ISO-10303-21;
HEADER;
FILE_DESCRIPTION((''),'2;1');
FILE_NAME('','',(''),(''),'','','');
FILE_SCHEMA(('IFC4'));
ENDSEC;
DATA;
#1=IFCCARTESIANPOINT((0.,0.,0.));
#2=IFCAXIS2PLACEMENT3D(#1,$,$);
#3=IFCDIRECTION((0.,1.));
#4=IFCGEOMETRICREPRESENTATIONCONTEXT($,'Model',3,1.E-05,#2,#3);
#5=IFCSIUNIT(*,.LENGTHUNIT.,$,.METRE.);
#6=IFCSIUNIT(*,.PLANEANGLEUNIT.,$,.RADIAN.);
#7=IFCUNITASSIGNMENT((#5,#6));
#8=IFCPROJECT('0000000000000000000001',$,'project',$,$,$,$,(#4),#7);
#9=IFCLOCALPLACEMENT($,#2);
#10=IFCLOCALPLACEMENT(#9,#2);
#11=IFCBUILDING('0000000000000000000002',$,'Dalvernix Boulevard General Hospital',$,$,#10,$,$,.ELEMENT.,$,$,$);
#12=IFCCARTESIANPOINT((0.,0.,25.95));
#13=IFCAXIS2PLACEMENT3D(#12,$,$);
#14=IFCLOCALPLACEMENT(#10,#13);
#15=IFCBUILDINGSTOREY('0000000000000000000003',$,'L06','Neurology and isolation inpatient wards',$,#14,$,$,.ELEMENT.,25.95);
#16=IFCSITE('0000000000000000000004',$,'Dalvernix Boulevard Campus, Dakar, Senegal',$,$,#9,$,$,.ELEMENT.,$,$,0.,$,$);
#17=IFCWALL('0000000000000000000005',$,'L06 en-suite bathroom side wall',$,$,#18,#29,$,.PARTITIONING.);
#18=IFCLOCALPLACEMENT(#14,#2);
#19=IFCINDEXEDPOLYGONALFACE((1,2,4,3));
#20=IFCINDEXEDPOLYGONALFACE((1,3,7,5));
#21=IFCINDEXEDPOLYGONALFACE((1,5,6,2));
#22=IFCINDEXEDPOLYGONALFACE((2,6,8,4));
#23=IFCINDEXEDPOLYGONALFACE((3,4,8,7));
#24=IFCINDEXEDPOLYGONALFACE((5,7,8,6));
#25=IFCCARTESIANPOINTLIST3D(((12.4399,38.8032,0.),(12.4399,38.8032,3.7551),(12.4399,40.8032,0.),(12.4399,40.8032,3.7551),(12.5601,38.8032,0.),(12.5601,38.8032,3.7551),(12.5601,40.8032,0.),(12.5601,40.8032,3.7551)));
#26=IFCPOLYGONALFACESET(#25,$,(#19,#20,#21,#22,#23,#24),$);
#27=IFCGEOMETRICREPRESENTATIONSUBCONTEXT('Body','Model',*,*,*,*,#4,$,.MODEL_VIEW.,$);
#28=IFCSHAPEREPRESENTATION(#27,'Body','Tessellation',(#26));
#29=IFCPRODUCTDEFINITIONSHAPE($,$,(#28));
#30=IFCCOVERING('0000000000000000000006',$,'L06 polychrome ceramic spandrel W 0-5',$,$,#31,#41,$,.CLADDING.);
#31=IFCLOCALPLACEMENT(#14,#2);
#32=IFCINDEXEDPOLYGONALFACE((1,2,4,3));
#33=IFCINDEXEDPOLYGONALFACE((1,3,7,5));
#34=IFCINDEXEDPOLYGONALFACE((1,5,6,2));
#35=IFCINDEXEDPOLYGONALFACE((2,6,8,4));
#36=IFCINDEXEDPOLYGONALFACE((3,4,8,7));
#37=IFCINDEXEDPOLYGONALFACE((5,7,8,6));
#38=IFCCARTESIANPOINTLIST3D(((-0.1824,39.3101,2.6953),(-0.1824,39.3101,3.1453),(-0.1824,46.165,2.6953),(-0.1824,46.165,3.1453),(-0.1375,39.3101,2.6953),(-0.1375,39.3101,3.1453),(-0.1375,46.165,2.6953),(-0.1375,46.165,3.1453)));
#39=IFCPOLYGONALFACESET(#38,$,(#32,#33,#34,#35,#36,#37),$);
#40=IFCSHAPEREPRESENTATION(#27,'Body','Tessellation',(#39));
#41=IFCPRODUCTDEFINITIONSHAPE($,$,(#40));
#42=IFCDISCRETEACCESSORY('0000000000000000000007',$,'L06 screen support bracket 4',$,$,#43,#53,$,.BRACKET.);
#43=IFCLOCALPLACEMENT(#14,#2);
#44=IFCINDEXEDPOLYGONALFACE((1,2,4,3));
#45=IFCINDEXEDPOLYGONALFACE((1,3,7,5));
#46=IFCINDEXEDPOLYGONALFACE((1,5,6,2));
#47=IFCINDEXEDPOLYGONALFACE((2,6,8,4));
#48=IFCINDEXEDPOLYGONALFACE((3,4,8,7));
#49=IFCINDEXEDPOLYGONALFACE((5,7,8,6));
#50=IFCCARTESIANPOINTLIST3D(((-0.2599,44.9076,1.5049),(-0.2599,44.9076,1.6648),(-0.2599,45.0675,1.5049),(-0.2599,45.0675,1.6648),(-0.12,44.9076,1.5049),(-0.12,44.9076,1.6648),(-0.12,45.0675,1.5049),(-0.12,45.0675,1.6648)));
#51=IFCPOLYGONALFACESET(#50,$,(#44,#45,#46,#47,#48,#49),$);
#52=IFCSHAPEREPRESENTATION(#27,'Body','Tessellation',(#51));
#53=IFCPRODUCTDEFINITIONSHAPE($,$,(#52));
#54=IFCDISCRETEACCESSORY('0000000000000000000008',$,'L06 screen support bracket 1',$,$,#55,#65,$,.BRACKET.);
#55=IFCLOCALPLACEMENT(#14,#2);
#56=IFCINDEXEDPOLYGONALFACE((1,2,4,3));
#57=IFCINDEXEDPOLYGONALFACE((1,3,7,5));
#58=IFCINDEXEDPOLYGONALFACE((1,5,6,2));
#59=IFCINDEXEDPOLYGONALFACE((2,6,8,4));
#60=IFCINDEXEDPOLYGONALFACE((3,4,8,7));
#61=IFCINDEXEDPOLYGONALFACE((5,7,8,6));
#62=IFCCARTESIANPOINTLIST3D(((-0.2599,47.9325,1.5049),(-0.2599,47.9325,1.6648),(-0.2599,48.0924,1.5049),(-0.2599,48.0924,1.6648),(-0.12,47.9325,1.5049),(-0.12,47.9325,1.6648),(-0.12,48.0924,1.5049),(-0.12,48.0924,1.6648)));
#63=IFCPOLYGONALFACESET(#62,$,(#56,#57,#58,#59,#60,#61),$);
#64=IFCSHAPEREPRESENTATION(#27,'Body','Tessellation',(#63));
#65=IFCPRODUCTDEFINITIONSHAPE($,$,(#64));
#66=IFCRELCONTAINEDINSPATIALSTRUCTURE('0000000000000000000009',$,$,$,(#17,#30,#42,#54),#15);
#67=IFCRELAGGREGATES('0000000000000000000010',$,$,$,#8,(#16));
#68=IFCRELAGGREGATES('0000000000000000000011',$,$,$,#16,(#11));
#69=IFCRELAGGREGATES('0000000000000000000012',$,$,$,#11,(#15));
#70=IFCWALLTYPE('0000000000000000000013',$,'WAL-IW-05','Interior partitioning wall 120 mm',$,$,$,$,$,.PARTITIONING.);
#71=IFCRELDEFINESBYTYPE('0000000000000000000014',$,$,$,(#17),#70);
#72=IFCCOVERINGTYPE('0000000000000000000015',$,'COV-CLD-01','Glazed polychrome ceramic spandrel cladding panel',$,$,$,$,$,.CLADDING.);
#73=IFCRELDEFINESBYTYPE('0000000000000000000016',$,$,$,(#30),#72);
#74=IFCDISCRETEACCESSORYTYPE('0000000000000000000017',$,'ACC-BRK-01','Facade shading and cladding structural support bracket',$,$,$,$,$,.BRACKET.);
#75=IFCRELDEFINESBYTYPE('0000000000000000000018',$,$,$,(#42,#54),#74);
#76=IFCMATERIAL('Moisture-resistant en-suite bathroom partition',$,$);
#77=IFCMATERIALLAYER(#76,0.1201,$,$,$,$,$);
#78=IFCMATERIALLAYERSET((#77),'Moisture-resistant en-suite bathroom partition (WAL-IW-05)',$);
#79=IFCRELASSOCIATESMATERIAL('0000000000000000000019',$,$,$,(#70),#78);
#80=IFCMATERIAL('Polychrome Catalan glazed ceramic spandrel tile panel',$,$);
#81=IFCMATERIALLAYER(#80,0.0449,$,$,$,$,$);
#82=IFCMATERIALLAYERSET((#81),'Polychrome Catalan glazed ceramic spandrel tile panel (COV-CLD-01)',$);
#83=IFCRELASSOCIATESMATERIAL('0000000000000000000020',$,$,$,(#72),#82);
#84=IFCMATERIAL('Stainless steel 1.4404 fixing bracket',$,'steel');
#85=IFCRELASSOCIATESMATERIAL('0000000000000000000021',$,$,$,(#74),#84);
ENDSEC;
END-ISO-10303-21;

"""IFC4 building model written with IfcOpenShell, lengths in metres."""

from ifc_helpers import new_model, si_unit, direction, frame, frame_2d, origin, origin_2d, place, context, subcontext, project, spatial, rectangle, extrude, material, layer, layer_set, type_object, element, save


model = new_model("IFC4")

# Units and contexts
model_context = context("Model", 3, precision=1e-05, world=origin(), true_north=direction((0.0, 1.0)))
body_context = subcontext(model_context, "Body", "Model", "MODEL_VIEW")
ifc_project = project(units=[si_unit("LENGTHUNIT", "METRE"), si_unit("PLANEANGLEUNIT", "RADIAN")], contexts=[model_context])

# Site, building, storey
site_placement = place(None, origin())
site = spatial("IfcSite", under=ifc_project, at=site_placement, Name="Dalvernix Boulevard Campus, Dakar, Senegal", CompositionType="ELEMENT", RefElevation=0.0)
building_placement = place(site_placement, origin())
building = spatial("IfcBuilding", under=site, at=building_placement, Name="Dalvernix Boulevard General Hospital", CompositionType="ELEMENT")
storey_placement = place(building_placement, frame((0.0, 0.0, 25.95)))
storey = spatial("IfcBuildingStorey", under=building, at=storey_placement, Name="L06", Description="Neurology and isolation inpatient wards", CompositionType="ELEMENT", Elevation=25.95)

# Shared definitions
ifc_material_1 = material(Name="Moisture-resistant en-suite bathroom partition")
ifc_layer_1 = layer(ifc_material_1, 0.1201)
ifc_layer_set_1 = layer_set([ifc_layer_1], Name="Moisture-resistant en-suite bathroom partition (WAL-IW-05)")
wall_type_1 = type_object("IfcWallType", Name="WAL-IW-05", Description="Interior partitioning wall 120 mm", PredefinedType="PARTITIONING", material=ifc_layer_set_1)

# Wall
wall_1_placement = place(storey_placement, frame((12.5, 38.8032, 0.0), z_axis=(0.0, 0.0, 1.0), x_axis=(0.0, 1.0, 0.0)))
element("IfcWall", 1, at=wall_1_placement, inside=storey, type_object=wall_type_1, Name="L06 en-suite bathroom side wall", PredefinedType="PARTITIONING", context=body_context, shape_type="SweptSolid", body=[
    extrude(rectangle(XDim=2.0, YDim=0.1201, at=frame_2d((1.0, 0.0))), origin(), (0.0, 0.0, 1.0), 3.7551),
])

# Covering
ifc_material_2 = material(Name="Polychrome Catalan glazed ceramic spandrel tile panel")
ifc_layer_2 = layer(ifc_material_2, 0.0449)
ifc_layer_set_2 = layer_set([ifc_layer_2], Name="Polychrome Catalan glazed ceramic spandrel tile panel (COV-CLD-01)")
covering_type = type_object("IfcCoveringType", Name="COV-CLD-01", Description="Glazed polychrome ceramic spandrel cladding panel", PredefinedType="CLADDING", material=ifc_layer_set_2)
covering_placement = place(storey_placement, frame((-0.1599, 42.7375, 2.6953), z_axis=(0.0, 0.0, 1.0), x_axis=(0.0, 1.0, 0.0)))
element("IfcCovering", 2, at=covering_placement, inside=storey, type_object=covering_type, Name="L06 polychrome ceramic spandrel W 0-5", PredefinedType="CLADDING", context=body_context, shape_type="SweptSolid", body=[
    extrude(rectangle(XDim=6.855, YDim=0.0449, at=origin_2d()), origin(), (0.0, 0.0, 1.0), 0.45),
])

# Discrete accessories
ifc_material_3 = material(Name="Stainless steel 1.4404 fixing bracket", Category="steel")
discrete_accessory_type = type_object("IfcDiscreteAccessoryType", Name="ACC-BRK-01", Description="Facade shading and cladding structural support bracket", PredefinedType="BRACKET", material=ifc_material_3)
for number, where, z_axis, x_axis, name in (
    (3, (-0.1899, 44.9875, 1.5049), (0.0, 0.0, 1.0), (0.0, 1.0, 0.0), "L06 screen support bracket 4"),
    (4, (-0.1899, 48.0125, 1.5049), (0.0, 0.0, 1.0), (0.0, 1.0, 0.0), "L06 screen support bracket 1"),
):
    element("IfcDiscreteAccessory", number, at=place(storey_placement, frame(where, z_axis=z_axis, x_axis=x_axis)), inside=storey, type_object=discrete_accessory_type, Name=name, PredefinedType="BRACKET", context=body_context, shape_type="SweptSolid", body=[
        extrude(rectangle(XDim=0.1599, YDim=0.1399, at=origin_2d()), origin(), (0.0, 0.0, 1.0), 0.1599),
    ])

save(model, "model.ifc")
